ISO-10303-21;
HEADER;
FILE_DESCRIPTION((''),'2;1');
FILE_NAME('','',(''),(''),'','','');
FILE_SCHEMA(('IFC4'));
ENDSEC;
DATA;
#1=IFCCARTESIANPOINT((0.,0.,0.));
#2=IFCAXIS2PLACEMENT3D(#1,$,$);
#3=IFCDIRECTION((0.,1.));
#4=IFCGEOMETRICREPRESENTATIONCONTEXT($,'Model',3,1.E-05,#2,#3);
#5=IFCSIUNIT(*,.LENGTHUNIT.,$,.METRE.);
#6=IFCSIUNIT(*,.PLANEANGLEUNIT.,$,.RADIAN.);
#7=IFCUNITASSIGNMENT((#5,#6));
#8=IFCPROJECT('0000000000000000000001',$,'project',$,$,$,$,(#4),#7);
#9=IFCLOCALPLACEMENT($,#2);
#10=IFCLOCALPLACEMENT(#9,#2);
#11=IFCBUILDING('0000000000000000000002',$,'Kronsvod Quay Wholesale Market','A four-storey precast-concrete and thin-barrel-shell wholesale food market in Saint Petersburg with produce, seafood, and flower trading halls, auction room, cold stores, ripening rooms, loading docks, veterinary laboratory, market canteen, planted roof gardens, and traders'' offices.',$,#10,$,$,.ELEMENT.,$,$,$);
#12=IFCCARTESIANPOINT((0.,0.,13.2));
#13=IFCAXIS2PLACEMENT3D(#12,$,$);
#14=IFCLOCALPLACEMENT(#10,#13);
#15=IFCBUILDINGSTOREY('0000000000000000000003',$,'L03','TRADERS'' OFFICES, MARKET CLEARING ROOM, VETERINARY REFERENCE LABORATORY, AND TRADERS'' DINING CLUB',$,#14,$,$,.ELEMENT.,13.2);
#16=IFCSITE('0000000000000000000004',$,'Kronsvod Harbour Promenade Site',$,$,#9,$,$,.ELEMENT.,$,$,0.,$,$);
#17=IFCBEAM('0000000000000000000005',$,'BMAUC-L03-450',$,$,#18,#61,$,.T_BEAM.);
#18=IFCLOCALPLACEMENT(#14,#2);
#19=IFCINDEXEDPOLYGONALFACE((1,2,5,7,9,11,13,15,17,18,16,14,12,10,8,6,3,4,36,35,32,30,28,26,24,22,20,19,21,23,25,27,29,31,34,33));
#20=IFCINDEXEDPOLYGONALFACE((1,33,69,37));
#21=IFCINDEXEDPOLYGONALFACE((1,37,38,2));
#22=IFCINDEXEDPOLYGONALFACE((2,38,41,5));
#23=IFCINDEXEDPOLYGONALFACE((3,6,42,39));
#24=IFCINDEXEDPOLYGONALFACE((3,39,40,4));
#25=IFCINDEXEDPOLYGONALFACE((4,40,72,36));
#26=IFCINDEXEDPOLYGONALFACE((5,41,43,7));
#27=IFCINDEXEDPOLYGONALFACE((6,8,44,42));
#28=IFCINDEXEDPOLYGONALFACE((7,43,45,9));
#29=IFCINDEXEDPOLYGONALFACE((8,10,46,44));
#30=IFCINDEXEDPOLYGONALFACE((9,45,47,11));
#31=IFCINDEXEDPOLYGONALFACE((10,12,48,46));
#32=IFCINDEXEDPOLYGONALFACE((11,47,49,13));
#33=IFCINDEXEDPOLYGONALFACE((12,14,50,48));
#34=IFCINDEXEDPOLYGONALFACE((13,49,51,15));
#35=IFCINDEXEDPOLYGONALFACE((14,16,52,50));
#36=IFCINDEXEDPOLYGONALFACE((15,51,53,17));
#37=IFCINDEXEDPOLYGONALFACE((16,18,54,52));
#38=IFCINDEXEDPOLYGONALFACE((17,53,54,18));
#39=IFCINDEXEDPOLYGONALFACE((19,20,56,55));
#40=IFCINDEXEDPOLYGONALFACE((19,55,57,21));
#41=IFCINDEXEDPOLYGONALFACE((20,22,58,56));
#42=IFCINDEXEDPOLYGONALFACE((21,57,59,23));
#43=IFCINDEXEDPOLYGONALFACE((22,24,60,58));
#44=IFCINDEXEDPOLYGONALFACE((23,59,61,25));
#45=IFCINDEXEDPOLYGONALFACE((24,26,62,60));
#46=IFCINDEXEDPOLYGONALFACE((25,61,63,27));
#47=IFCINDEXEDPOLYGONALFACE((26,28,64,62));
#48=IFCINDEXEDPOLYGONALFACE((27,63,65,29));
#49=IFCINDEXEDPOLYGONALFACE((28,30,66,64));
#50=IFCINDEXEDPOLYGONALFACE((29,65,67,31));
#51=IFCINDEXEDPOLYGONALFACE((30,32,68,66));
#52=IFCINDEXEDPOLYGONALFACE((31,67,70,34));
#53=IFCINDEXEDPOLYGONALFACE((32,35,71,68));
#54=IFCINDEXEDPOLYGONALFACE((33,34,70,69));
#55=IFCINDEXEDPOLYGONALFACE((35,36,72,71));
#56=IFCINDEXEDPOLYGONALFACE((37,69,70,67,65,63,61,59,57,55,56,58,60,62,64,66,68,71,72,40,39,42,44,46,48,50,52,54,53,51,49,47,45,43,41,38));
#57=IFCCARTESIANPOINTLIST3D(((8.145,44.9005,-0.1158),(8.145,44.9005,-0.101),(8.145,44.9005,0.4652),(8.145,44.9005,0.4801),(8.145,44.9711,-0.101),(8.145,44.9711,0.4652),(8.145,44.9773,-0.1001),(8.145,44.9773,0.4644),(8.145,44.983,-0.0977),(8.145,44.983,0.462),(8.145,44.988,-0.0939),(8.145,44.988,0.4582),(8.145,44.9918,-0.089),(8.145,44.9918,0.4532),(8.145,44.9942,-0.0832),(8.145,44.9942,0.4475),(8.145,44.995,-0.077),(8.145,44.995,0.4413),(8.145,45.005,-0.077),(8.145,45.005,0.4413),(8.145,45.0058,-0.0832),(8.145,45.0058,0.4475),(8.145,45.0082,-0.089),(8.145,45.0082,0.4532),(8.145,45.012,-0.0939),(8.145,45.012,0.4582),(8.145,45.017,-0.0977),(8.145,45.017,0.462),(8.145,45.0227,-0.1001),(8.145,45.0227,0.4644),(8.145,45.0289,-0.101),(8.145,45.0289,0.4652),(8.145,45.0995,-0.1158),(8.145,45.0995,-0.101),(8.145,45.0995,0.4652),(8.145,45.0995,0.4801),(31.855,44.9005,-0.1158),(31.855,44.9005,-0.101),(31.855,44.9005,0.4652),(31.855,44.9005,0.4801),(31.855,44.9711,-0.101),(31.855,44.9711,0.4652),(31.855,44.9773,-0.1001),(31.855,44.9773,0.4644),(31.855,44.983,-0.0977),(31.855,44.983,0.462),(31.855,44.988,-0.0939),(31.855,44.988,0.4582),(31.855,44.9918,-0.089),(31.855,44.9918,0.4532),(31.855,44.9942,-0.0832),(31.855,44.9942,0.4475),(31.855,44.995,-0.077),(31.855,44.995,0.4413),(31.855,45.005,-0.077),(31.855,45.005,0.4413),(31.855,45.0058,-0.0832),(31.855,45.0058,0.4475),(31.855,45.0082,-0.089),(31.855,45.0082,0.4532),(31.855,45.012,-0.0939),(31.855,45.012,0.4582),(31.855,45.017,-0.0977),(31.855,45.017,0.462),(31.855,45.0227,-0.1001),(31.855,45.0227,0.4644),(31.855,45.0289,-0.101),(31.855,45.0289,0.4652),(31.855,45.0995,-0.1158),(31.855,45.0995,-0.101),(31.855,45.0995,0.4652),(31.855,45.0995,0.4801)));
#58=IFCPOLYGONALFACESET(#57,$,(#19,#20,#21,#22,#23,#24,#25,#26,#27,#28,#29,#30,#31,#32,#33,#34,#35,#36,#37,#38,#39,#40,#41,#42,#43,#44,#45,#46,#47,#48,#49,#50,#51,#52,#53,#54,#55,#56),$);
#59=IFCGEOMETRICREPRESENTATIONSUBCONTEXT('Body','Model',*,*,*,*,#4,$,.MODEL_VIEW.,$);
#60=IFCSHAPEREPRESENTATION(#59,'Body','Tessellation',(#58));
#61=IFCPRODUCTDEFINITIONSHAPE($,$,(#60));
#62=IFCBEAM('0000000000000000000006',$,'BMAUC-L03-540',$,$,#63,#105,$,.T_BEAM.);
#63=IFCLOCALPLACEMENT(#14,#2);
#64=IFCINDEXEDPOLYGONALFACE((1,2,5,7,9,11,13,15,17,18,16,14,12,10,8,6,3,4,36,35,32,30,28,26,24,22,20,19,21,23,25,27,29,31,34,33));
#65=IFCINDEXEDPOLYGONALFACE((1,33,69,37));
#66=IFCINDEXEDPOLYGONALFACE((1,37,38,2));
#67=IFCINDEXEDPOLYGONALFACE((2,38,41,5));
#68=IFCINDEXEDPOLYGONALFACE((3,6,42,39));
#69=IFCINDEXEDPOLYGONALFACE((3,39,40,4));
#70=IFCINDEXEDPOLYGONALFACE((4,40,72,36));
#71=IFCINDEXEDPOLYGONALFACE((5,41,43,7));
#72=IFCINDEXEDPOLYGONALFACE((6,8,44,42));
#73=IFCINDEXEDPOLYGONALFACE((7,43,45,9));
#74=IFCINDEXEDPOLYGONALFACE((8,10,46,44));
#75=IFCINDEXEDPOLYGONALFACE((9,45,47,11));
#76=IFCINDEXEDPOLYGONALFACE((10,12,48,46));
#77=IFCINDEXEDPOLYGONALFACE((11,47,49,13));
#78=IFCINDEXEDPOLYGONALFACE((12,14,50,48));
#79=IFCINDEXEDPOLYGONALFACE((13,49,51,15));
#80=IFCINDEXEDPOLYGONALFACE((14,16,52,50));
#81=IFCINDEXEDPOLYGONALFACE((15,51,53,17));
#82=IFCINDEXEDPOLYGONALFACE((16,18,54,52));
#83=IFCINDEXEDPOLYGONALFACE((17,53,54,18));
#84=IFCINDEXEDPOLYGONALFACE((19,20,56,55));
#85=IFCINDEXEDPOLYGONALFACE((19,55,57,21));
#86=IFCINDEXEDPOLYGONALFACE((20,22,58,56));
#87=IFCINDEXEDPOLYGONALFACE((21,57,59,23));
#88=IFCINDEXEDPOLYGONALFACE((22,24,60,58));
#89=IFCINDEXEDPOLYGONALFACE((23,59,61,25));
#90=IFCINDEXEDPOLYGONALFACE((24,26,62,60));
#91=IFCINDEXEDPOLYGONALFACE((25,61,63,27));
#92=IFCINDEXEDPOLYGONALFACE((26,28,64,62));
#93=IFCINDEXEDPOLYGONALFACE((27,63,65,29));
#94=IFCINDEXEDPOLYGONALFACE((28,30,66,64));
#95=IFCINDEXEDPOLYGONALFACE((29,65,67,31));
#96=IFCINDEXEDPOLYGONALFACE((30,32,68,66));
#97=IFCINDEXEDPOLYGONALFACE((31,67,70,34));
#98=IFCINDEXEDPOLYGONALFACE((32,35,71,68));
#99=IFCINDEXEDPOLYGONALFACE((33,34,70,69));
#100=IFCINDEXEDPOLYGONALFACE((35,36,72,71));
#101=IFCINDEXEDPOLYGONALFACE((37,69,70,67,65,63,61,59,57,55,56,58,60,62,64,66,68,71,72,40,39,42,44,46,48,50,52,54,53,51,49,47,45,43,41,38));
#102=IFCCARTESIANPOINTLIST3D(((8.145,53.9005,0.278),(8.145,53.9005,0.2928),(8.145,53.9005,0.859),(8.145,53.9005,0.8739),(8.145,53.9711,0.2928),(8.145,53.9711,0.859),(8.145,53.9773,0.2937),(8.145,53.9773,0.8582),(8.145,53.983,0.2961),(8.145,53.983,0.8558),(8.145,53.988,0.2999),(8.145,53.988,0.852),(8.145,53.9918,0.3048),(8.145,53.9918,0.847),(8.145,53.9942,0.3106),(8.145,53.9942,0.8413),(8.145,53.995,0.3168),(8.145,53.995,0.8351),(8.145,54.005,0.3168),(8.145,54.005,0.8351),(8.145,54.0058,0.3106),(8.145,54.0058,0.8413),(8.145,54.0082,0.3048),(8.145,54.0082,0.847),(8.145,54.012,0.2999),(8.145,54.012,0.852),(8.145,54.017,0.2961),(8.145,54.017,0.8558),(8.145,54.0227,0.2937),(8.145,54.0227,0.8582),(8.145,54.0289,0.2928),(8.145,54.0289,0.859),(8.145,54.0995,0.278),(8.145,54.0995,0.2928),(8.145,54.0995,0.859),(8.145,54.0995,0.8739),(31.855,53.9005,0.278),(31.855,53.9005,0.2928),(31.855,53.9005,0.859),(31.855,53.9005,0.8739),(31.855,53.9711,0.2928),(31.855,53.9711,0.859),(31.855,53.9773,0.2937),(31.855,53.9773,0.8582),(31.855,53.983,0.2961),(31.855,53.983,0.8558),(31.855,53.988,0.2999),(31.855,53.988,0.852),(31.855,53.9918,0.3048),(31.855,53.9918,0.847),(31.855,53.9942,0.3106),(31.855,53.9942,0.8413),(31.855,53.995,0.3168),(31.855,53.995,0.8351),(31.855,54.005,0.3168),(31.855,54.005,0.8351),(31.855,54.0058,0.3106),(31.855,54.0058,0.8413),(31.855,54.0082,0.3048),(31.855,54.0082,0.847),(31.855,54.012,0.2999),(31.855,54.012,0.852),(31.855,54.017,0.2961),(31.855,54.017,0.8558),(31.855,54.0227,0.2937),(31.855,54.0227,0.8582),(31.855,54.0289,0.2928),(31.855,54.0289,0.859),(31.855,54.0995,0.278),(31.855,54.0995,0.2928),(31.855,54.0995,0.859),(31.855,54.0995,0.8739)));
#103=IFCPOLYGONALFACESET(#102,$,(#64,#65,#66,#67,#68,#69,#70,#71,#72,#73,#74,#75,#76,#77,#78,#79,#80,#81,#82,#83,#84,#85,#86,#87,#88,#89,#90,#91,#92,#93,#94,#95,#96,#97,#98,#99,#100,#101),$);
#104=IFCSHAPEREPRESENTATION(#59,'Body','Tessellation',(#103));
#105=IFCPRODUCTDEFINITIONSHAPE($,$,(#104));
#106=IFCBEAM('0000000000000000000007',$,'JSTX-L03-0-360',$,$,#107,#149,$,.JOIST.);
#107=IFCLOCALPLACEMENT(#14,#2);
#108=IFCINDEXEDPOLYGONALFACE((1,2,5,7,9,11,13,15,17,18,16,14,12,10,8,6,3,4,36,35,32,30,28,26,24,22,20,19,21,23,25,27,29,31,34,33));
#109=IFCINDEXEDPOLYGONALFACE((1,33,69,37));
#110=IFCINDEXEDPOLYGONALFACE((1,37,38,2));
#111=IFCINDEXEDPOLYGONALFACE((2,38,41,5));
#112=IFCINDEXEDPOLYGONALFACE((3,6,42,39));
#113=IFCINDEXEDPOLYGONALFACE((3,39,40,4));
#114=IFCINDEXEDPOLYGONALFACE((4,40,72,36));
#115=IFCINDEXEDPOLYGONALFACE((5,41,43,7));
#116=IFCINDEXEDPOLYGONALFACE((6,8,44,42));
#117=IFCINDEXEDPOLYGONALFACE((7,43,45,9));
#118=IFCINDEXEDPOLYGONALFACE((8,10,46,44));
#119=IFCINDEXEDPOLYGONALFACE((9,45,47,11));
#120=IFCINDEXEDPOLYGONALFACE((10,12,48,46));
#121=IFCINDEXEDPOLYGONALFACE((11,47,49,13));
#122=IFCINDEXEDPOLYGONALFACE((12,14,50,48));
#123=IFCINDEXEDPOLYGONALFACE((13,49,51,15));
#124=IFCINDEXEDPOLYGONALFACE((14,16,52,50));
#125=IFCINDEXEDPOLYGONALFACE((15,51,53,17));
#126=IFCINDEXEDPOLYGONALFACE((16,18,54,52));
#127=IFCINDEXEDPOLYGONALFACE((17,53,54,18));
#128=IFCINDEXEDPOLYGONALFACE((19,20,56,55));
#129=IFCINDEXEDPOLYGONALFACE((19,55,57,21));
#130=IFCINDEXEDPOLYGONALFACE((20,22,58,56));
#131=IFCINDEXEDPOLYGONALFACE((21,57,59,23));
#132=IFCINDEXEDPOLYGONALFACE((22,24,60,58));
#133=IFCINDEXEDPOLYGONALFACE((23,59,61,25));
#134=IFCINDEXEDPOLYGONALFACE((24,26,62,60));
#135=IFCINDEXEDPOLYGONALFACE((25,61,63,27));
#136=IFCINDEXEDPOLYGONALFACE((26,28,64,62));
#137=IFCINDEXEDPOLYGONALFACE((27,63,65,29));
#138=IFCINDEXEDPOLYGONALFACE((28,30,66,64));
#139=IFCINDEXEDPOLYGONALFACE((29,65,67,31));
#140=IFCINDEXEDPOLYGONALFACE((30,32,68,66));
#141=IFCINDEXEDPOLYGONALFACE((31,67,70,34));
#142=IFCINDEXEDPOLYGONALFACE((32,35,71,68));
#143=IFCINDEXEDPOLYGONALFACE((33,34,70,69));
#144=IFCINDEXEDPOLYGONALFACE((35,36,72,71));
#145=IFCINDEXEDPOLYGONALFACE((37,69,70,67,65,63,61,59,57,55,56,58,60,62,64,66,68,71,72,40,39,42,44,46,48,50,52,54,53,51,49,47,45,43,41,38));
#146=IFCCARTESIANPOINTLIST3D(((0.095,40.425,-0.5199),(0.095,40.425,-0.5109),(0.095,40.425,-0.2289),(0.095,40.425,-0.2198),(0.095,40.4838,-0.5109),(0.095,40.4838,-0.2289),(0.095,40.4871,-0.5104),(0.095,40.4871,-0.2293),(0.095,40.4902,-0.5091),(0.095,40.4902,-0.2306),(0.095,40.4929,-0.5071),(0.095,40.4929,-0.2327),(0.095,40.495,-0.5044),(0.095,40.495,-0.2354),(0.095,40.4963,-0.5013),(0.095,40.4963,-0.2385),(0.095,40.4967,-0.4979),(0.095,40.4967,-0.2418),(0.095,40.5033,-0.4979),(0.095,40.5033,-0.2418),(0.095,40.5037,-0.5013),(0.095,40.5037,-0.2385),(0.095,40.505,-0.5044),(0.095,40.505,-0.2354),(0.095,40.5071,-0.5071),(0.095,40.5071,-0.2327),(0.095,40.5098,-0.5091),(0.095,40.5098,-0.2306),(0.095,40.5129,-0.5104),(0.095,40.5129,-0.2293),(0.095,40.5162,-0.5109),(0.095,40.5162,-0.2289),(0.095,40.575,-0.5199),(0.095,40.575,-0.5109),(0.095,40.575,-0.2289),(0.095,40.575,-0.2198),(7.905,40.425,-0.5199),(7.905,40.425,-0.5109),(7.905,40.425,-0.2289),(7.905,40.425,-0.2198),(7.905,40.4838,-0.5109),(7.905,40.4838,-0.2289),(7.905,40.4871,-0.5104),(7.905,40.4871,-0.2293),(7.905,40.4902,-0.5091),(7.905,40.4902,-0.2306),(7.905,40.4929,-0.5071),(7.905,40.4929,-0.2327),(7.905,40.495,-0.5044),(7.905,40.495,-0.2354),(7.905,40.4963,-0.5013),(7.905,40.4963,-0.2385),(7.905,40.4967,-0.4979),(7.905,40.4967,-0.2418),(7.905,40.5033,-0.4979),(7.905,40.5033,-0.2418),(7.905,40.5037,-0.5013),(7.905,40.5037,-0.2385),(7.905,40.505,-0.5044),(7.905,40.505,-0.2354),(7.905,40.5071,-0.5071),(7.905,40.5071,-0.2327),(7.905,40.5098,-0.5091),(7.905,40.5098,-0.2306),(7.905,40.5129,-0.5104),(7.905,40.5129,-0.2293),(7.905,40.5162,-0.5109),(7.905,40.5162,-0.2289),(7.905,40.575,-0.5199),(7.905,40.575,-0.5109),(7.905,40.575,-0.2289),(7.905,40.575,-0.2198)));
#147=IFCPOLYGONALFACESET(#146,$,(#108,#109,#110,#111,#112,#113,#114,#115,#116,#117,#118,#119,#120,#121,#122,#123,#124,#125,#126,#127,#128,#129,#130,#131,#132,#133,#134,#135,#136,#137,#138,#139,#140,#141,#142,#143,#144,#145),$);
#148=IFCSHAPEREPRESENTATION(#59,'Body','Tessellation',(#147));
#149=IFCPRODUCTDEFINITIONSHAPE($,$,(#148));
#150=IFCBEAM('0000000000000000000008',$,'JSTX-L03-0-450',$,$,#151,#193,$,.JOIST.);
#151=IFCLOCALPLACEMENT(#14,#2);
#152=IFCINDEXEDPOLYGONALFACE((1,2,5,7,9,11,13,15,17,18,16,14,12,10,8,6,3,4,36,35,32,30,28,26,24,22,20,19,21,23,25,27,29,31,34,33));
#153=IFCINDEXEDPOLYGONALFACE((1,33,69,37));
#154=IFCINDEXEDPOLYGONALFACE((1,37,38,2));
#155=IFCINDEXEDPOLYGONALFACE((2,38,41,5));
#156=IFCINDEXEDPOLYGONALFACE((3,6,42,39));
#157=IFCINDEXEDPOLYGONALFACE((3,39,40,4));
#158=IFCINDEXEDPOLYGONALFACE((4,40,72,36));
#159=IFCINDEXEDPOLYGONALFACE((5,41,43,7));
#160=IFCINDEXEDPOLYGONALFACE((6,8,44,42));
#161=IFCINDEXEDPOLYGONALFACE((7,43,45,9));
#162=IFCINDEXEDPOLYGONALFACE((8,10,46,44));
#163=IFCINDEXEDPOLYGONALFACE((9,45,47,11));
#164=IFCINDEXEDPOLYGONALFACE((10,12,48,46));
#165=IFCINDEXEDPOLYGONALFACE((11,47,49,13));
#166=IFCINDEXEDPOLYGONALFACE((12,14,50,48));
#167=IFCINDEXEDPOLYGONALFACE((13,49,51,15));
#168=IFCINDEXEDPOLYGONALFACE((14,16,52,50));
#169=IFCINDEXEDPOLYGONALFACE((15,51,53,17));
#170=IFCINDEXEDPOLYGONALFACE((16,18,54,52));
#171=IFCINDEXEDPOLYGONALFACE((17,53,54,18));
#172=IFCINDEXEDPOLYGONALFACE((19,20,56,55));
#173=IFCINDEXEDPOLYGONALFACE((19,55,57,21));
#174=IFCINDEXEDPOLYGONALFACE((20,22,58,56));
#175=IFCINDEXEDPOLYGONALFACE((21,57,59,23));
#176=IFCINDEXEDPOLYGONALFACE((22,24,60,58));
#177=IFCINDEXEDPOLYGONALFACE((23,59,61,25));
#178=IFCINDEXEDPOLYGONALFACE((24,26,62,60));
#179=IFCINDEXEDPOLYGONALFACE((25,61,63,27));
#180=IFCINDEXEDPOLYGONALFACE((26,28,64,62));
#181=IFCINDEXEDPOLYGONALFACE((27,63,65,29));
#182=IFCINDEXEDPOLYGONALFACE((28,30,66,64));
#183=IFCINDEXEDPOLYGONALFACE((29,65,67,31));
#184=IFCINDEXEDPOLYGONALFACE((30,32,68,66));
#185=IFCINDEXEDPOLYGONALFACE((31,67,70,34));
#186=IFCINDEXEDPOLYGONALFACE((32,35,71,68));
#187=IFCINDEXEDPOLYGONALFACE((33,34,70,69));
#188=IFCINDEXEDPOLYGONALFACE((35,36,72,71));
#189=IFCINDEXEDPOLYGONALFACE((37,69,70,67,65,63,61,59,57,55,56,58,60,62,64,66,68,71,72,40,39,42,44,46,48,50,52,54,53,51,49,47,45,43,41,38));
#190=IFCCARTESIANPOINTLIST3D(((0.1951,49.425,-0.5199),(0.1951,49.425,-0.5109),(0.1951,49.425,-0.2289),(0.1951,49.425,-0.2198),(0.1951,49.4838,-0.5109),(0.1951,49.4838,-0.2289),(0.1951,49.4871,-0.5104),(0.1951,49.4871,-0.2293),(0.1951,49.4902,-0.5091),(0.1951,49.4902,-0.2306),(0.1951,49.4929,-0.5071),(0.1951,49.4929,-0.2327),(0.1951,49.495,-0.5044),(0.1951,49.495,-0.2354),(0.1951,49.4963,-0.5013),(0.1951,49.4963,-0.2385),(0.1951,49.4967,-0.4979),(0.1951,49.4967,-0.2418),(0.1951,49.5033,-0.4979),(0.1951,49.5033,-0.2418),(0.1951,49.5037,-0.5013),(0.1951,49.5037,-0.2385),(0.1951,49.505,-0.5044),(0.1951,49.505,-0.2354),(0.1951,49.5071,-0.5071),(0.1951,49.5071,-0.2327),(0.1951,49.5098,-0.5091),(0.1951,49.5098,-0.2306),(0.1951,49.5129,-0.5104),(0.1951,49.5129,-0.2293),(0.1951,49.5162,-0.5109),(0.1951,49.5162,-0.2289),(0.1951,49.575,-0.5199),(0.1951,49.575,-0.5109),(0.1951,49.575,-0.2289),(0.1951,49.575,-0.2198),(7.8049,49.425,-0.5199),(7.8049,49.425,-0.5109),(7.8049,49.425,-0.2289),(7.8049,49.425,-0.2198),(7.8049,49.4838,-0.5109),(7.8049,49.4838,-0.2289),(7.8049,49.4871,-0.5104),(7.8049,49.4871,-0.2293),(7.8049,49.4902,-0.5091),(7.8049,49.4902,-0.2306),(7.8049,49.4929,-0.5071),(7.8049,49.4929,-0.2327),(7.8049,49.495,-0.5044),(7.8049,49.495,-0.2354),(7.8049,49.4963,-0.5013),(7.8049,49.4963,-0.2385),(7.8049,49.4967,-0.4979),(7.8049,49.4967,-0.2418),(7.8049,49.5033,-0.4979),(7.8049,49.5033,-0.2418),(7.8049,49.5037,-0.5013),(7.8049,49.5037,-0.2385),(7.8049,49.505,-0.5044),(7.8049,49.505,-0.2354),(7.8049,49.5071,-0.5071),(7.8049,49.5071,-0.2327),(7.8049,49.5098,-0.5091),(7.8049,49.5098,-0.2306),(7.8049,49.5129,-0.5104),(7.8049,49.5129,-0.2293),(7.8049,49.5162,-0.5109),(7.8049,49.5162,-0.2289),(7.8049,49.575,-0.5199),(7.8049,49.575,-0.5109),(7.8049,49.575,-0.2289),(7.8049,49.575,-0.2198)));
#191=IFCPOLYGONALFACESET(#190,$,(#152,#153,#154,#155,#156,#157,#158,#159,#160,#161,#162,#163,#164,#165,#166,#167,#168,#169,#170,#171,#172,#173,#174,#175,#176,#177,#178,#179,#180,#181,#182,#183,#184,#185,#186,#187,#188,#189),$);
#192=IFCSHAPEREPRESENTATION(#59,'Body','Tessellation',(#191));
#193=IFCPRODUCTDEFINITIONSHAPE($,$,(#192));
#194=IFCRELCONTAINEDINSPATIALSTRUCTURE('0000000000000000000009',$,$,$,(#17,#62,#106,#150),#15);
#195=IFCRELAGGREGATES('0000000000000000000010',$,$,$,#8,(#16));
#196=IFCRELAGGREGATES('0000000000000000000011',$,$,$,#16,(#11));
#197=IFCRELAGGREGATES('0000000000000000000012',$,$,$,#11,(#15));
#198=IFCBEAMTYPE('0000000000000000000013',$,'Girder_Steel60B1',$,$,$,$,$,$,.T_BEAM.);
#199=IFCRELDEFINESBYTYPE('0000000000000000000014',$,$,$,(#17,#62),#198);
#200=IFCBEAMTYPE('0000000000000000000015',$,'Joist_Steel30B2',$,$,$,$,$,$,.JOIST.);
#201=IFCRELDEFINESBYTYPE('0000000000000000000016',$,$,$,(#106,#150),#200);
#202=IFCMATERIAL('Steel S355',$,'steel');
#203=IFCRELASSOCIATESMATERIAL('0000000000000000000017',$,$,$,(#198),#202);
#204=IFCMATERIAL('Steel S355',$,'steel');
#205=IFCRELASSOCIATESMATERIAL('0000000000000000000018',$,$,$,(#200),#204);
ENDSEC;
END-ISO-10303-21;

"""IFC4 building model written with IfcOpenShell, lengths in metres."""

from ifc_helpers import new_model, si_unit, direction, frame, origin, origin_2d, place, context, subcontext, project, spatial, i_section, extrude, material, material_profile, profile_set, type_object, element, save


model = new_model("IFC4")

# Units and contexts
model_context = context("Model", 3, precision=1e-05, world=origin(), true_north=direction((0.0, 1.0)))
body_context = subcontext(model_context, "Body", "Model", "MODEL_VIEW")
ifc_project = project(units=[si_unit("LENGTHUNIT", "METRE"), si_unit("PLANEANGLEUNIT", "RADIAN")], contexts=[model_context])

# Site, building, storey
site_placement = place(None, origin())
site = spatial("IfcSite", under=ifc_project, at=site_placement, Name="Kronsvod Harbour Promenade Site", CompositionType="ELEMENT", RefElevation=0.0)
building_placement = place(site_placement, origin())
building = spatial("IfcBuilding", under=site, at=building_placement, Name="Kronsvod Quay Wholesale Market", Description="A four-storey precast-concrete and thin-barrel-shell wholesale food market in Saint Petersburg with produce, seafood, and flower trading halls, auction room, cold stores, ripening rooms, loading docks, veterinary laboratory, market canteen, planted roof gardens, and traders' offices.", CompositionType="ELEMENT")
storey_placement = place(building_placement, frame((0.0, 0.0, 13.2)))
storey = spatial("IfcBuildingStorey", under=building, at=storey_placement, Name="L03", Description="TRADERS' OFFICES, MARKET CLEARING ROOM, VETERINARY REFERENCE LABORATORY, AND TRADERS' DINING CLUB", CompositionType="ELEMENT", Elevation=13.2)

# Beams
ifc_material_1 = material(Name="Steel S355", Category="steel")
ifc_material_profile_1 = material_profile(ifc_material_1, i_section(OverallWidth=0.199, OverallDepth=0.5959, WebThickness=0.01, FlangeThickness=0.0149, FilletRadius=0.0239, at=origin_2d()), Name="60B1")
ifc_profile_set_1 = profile_set([ifc_material_profile_1], Name="Steel S355")
beam_type_1 = type_object("IfcBeamType", Name="Girder_Steel60B1", PredefinedType="T_BEAM", material=ifc_profile_set_1)
for number, where, z_axis, x_axis, name in (
    (1, (8.145, 45.0, 0.1821), (1.0, 0.0, 0.0), (0.0, 1.0, 0.0), "BMAUC-L03-450"),
    (2, (8.145, 54.0, 0.5759), (1.0, 0.0, 0.0), (0.0, 1.0, 0.0), "BMAUC-L03-540"),
):
    element("IfcBeam", number, at=place(storey_placement, frame(where, z_axis=z_axis, x_axis=x_axis)), inside=storey, type_object=beam_type_1, Name=name, PredefinedType="T_BEAM", context=body_context, shape_type="SweptSolid", body=[
        extrude(i_section(OverallWidth=0.199, OverallDepth=0.5959, WebThickness=0.01, FlangeThickness=0.0149, FilletRadius=0.0239, at=origin_2d()), origin(), (0.0, 0.0, 1.0), 23.71),
    ])
ifc_material_2 = material(Name="Steel S355", Category="steel")
ifc_material_profile_2 = material_profile(ifc_material_2, i_section(OverallWidth=0.1499, OverallDepth=0.3, WebThickness=0.0066, FlangeThickness=0.009, FilletRadius=0.0129, at=origin_2d()), Name="30B2")
ifc_profile_set_2 = profile_set([ifc_material_profile_2], Name="Steel S355")
beam_type_2 = type_object("IfcBeamType", Name="Joist_Steel30B2", PredefinedType="JOIST", material=ifc_profile_set_2)
beam_1_placement = place(storey_placement, frame((0.095, 40.5, -0.3699), z_axis=(1.0, 0.0, 0.0), x_axis=(0.0, 1.0, 0.0)))
element("IfcBeam", 3, at=beam_1_placement, inside=storey, type_object=beam_type_2, Name="JSTX-L03-0-360", PredefinedType="JOIST", context=body_context, shape_type="SweptSolid", body=[
    extrude(i_section(OverallWidth=0.1499, OverallDepth=0.3, WebThickness=0.0066, FlangeThickness=0.009, FilletRadius=0.0129, at=origin_2d()), origin(), (0.0, 0.0, 1.0), 7.8101),
])
beam_2_placement = place(storey_placement, frame((0.1951, 49.5, -0.3699), z_axis=(1.0, 0.0, 0.0), x_axis=(0.0, 1.0, 0.0)))
element("IfcBeam", 4, at=beam_2_placement, inside=storey, type_object=beam_type_2, Name="JSTX-L03-0-450", PredefinedType="JOIST", context=body_context, shape_type="SweptSolid", body=[
    extrude(i_section(OverallWidth=0.1499, OverallDepth=0.3, WebThickness=0.0066, FlangeThickness=0.009, FilletRadius=0.0129, at=origin_2d()), origin(), (0.0, 0.0, 1.0), 7.6099),
])

save(model, "model.ifc")
